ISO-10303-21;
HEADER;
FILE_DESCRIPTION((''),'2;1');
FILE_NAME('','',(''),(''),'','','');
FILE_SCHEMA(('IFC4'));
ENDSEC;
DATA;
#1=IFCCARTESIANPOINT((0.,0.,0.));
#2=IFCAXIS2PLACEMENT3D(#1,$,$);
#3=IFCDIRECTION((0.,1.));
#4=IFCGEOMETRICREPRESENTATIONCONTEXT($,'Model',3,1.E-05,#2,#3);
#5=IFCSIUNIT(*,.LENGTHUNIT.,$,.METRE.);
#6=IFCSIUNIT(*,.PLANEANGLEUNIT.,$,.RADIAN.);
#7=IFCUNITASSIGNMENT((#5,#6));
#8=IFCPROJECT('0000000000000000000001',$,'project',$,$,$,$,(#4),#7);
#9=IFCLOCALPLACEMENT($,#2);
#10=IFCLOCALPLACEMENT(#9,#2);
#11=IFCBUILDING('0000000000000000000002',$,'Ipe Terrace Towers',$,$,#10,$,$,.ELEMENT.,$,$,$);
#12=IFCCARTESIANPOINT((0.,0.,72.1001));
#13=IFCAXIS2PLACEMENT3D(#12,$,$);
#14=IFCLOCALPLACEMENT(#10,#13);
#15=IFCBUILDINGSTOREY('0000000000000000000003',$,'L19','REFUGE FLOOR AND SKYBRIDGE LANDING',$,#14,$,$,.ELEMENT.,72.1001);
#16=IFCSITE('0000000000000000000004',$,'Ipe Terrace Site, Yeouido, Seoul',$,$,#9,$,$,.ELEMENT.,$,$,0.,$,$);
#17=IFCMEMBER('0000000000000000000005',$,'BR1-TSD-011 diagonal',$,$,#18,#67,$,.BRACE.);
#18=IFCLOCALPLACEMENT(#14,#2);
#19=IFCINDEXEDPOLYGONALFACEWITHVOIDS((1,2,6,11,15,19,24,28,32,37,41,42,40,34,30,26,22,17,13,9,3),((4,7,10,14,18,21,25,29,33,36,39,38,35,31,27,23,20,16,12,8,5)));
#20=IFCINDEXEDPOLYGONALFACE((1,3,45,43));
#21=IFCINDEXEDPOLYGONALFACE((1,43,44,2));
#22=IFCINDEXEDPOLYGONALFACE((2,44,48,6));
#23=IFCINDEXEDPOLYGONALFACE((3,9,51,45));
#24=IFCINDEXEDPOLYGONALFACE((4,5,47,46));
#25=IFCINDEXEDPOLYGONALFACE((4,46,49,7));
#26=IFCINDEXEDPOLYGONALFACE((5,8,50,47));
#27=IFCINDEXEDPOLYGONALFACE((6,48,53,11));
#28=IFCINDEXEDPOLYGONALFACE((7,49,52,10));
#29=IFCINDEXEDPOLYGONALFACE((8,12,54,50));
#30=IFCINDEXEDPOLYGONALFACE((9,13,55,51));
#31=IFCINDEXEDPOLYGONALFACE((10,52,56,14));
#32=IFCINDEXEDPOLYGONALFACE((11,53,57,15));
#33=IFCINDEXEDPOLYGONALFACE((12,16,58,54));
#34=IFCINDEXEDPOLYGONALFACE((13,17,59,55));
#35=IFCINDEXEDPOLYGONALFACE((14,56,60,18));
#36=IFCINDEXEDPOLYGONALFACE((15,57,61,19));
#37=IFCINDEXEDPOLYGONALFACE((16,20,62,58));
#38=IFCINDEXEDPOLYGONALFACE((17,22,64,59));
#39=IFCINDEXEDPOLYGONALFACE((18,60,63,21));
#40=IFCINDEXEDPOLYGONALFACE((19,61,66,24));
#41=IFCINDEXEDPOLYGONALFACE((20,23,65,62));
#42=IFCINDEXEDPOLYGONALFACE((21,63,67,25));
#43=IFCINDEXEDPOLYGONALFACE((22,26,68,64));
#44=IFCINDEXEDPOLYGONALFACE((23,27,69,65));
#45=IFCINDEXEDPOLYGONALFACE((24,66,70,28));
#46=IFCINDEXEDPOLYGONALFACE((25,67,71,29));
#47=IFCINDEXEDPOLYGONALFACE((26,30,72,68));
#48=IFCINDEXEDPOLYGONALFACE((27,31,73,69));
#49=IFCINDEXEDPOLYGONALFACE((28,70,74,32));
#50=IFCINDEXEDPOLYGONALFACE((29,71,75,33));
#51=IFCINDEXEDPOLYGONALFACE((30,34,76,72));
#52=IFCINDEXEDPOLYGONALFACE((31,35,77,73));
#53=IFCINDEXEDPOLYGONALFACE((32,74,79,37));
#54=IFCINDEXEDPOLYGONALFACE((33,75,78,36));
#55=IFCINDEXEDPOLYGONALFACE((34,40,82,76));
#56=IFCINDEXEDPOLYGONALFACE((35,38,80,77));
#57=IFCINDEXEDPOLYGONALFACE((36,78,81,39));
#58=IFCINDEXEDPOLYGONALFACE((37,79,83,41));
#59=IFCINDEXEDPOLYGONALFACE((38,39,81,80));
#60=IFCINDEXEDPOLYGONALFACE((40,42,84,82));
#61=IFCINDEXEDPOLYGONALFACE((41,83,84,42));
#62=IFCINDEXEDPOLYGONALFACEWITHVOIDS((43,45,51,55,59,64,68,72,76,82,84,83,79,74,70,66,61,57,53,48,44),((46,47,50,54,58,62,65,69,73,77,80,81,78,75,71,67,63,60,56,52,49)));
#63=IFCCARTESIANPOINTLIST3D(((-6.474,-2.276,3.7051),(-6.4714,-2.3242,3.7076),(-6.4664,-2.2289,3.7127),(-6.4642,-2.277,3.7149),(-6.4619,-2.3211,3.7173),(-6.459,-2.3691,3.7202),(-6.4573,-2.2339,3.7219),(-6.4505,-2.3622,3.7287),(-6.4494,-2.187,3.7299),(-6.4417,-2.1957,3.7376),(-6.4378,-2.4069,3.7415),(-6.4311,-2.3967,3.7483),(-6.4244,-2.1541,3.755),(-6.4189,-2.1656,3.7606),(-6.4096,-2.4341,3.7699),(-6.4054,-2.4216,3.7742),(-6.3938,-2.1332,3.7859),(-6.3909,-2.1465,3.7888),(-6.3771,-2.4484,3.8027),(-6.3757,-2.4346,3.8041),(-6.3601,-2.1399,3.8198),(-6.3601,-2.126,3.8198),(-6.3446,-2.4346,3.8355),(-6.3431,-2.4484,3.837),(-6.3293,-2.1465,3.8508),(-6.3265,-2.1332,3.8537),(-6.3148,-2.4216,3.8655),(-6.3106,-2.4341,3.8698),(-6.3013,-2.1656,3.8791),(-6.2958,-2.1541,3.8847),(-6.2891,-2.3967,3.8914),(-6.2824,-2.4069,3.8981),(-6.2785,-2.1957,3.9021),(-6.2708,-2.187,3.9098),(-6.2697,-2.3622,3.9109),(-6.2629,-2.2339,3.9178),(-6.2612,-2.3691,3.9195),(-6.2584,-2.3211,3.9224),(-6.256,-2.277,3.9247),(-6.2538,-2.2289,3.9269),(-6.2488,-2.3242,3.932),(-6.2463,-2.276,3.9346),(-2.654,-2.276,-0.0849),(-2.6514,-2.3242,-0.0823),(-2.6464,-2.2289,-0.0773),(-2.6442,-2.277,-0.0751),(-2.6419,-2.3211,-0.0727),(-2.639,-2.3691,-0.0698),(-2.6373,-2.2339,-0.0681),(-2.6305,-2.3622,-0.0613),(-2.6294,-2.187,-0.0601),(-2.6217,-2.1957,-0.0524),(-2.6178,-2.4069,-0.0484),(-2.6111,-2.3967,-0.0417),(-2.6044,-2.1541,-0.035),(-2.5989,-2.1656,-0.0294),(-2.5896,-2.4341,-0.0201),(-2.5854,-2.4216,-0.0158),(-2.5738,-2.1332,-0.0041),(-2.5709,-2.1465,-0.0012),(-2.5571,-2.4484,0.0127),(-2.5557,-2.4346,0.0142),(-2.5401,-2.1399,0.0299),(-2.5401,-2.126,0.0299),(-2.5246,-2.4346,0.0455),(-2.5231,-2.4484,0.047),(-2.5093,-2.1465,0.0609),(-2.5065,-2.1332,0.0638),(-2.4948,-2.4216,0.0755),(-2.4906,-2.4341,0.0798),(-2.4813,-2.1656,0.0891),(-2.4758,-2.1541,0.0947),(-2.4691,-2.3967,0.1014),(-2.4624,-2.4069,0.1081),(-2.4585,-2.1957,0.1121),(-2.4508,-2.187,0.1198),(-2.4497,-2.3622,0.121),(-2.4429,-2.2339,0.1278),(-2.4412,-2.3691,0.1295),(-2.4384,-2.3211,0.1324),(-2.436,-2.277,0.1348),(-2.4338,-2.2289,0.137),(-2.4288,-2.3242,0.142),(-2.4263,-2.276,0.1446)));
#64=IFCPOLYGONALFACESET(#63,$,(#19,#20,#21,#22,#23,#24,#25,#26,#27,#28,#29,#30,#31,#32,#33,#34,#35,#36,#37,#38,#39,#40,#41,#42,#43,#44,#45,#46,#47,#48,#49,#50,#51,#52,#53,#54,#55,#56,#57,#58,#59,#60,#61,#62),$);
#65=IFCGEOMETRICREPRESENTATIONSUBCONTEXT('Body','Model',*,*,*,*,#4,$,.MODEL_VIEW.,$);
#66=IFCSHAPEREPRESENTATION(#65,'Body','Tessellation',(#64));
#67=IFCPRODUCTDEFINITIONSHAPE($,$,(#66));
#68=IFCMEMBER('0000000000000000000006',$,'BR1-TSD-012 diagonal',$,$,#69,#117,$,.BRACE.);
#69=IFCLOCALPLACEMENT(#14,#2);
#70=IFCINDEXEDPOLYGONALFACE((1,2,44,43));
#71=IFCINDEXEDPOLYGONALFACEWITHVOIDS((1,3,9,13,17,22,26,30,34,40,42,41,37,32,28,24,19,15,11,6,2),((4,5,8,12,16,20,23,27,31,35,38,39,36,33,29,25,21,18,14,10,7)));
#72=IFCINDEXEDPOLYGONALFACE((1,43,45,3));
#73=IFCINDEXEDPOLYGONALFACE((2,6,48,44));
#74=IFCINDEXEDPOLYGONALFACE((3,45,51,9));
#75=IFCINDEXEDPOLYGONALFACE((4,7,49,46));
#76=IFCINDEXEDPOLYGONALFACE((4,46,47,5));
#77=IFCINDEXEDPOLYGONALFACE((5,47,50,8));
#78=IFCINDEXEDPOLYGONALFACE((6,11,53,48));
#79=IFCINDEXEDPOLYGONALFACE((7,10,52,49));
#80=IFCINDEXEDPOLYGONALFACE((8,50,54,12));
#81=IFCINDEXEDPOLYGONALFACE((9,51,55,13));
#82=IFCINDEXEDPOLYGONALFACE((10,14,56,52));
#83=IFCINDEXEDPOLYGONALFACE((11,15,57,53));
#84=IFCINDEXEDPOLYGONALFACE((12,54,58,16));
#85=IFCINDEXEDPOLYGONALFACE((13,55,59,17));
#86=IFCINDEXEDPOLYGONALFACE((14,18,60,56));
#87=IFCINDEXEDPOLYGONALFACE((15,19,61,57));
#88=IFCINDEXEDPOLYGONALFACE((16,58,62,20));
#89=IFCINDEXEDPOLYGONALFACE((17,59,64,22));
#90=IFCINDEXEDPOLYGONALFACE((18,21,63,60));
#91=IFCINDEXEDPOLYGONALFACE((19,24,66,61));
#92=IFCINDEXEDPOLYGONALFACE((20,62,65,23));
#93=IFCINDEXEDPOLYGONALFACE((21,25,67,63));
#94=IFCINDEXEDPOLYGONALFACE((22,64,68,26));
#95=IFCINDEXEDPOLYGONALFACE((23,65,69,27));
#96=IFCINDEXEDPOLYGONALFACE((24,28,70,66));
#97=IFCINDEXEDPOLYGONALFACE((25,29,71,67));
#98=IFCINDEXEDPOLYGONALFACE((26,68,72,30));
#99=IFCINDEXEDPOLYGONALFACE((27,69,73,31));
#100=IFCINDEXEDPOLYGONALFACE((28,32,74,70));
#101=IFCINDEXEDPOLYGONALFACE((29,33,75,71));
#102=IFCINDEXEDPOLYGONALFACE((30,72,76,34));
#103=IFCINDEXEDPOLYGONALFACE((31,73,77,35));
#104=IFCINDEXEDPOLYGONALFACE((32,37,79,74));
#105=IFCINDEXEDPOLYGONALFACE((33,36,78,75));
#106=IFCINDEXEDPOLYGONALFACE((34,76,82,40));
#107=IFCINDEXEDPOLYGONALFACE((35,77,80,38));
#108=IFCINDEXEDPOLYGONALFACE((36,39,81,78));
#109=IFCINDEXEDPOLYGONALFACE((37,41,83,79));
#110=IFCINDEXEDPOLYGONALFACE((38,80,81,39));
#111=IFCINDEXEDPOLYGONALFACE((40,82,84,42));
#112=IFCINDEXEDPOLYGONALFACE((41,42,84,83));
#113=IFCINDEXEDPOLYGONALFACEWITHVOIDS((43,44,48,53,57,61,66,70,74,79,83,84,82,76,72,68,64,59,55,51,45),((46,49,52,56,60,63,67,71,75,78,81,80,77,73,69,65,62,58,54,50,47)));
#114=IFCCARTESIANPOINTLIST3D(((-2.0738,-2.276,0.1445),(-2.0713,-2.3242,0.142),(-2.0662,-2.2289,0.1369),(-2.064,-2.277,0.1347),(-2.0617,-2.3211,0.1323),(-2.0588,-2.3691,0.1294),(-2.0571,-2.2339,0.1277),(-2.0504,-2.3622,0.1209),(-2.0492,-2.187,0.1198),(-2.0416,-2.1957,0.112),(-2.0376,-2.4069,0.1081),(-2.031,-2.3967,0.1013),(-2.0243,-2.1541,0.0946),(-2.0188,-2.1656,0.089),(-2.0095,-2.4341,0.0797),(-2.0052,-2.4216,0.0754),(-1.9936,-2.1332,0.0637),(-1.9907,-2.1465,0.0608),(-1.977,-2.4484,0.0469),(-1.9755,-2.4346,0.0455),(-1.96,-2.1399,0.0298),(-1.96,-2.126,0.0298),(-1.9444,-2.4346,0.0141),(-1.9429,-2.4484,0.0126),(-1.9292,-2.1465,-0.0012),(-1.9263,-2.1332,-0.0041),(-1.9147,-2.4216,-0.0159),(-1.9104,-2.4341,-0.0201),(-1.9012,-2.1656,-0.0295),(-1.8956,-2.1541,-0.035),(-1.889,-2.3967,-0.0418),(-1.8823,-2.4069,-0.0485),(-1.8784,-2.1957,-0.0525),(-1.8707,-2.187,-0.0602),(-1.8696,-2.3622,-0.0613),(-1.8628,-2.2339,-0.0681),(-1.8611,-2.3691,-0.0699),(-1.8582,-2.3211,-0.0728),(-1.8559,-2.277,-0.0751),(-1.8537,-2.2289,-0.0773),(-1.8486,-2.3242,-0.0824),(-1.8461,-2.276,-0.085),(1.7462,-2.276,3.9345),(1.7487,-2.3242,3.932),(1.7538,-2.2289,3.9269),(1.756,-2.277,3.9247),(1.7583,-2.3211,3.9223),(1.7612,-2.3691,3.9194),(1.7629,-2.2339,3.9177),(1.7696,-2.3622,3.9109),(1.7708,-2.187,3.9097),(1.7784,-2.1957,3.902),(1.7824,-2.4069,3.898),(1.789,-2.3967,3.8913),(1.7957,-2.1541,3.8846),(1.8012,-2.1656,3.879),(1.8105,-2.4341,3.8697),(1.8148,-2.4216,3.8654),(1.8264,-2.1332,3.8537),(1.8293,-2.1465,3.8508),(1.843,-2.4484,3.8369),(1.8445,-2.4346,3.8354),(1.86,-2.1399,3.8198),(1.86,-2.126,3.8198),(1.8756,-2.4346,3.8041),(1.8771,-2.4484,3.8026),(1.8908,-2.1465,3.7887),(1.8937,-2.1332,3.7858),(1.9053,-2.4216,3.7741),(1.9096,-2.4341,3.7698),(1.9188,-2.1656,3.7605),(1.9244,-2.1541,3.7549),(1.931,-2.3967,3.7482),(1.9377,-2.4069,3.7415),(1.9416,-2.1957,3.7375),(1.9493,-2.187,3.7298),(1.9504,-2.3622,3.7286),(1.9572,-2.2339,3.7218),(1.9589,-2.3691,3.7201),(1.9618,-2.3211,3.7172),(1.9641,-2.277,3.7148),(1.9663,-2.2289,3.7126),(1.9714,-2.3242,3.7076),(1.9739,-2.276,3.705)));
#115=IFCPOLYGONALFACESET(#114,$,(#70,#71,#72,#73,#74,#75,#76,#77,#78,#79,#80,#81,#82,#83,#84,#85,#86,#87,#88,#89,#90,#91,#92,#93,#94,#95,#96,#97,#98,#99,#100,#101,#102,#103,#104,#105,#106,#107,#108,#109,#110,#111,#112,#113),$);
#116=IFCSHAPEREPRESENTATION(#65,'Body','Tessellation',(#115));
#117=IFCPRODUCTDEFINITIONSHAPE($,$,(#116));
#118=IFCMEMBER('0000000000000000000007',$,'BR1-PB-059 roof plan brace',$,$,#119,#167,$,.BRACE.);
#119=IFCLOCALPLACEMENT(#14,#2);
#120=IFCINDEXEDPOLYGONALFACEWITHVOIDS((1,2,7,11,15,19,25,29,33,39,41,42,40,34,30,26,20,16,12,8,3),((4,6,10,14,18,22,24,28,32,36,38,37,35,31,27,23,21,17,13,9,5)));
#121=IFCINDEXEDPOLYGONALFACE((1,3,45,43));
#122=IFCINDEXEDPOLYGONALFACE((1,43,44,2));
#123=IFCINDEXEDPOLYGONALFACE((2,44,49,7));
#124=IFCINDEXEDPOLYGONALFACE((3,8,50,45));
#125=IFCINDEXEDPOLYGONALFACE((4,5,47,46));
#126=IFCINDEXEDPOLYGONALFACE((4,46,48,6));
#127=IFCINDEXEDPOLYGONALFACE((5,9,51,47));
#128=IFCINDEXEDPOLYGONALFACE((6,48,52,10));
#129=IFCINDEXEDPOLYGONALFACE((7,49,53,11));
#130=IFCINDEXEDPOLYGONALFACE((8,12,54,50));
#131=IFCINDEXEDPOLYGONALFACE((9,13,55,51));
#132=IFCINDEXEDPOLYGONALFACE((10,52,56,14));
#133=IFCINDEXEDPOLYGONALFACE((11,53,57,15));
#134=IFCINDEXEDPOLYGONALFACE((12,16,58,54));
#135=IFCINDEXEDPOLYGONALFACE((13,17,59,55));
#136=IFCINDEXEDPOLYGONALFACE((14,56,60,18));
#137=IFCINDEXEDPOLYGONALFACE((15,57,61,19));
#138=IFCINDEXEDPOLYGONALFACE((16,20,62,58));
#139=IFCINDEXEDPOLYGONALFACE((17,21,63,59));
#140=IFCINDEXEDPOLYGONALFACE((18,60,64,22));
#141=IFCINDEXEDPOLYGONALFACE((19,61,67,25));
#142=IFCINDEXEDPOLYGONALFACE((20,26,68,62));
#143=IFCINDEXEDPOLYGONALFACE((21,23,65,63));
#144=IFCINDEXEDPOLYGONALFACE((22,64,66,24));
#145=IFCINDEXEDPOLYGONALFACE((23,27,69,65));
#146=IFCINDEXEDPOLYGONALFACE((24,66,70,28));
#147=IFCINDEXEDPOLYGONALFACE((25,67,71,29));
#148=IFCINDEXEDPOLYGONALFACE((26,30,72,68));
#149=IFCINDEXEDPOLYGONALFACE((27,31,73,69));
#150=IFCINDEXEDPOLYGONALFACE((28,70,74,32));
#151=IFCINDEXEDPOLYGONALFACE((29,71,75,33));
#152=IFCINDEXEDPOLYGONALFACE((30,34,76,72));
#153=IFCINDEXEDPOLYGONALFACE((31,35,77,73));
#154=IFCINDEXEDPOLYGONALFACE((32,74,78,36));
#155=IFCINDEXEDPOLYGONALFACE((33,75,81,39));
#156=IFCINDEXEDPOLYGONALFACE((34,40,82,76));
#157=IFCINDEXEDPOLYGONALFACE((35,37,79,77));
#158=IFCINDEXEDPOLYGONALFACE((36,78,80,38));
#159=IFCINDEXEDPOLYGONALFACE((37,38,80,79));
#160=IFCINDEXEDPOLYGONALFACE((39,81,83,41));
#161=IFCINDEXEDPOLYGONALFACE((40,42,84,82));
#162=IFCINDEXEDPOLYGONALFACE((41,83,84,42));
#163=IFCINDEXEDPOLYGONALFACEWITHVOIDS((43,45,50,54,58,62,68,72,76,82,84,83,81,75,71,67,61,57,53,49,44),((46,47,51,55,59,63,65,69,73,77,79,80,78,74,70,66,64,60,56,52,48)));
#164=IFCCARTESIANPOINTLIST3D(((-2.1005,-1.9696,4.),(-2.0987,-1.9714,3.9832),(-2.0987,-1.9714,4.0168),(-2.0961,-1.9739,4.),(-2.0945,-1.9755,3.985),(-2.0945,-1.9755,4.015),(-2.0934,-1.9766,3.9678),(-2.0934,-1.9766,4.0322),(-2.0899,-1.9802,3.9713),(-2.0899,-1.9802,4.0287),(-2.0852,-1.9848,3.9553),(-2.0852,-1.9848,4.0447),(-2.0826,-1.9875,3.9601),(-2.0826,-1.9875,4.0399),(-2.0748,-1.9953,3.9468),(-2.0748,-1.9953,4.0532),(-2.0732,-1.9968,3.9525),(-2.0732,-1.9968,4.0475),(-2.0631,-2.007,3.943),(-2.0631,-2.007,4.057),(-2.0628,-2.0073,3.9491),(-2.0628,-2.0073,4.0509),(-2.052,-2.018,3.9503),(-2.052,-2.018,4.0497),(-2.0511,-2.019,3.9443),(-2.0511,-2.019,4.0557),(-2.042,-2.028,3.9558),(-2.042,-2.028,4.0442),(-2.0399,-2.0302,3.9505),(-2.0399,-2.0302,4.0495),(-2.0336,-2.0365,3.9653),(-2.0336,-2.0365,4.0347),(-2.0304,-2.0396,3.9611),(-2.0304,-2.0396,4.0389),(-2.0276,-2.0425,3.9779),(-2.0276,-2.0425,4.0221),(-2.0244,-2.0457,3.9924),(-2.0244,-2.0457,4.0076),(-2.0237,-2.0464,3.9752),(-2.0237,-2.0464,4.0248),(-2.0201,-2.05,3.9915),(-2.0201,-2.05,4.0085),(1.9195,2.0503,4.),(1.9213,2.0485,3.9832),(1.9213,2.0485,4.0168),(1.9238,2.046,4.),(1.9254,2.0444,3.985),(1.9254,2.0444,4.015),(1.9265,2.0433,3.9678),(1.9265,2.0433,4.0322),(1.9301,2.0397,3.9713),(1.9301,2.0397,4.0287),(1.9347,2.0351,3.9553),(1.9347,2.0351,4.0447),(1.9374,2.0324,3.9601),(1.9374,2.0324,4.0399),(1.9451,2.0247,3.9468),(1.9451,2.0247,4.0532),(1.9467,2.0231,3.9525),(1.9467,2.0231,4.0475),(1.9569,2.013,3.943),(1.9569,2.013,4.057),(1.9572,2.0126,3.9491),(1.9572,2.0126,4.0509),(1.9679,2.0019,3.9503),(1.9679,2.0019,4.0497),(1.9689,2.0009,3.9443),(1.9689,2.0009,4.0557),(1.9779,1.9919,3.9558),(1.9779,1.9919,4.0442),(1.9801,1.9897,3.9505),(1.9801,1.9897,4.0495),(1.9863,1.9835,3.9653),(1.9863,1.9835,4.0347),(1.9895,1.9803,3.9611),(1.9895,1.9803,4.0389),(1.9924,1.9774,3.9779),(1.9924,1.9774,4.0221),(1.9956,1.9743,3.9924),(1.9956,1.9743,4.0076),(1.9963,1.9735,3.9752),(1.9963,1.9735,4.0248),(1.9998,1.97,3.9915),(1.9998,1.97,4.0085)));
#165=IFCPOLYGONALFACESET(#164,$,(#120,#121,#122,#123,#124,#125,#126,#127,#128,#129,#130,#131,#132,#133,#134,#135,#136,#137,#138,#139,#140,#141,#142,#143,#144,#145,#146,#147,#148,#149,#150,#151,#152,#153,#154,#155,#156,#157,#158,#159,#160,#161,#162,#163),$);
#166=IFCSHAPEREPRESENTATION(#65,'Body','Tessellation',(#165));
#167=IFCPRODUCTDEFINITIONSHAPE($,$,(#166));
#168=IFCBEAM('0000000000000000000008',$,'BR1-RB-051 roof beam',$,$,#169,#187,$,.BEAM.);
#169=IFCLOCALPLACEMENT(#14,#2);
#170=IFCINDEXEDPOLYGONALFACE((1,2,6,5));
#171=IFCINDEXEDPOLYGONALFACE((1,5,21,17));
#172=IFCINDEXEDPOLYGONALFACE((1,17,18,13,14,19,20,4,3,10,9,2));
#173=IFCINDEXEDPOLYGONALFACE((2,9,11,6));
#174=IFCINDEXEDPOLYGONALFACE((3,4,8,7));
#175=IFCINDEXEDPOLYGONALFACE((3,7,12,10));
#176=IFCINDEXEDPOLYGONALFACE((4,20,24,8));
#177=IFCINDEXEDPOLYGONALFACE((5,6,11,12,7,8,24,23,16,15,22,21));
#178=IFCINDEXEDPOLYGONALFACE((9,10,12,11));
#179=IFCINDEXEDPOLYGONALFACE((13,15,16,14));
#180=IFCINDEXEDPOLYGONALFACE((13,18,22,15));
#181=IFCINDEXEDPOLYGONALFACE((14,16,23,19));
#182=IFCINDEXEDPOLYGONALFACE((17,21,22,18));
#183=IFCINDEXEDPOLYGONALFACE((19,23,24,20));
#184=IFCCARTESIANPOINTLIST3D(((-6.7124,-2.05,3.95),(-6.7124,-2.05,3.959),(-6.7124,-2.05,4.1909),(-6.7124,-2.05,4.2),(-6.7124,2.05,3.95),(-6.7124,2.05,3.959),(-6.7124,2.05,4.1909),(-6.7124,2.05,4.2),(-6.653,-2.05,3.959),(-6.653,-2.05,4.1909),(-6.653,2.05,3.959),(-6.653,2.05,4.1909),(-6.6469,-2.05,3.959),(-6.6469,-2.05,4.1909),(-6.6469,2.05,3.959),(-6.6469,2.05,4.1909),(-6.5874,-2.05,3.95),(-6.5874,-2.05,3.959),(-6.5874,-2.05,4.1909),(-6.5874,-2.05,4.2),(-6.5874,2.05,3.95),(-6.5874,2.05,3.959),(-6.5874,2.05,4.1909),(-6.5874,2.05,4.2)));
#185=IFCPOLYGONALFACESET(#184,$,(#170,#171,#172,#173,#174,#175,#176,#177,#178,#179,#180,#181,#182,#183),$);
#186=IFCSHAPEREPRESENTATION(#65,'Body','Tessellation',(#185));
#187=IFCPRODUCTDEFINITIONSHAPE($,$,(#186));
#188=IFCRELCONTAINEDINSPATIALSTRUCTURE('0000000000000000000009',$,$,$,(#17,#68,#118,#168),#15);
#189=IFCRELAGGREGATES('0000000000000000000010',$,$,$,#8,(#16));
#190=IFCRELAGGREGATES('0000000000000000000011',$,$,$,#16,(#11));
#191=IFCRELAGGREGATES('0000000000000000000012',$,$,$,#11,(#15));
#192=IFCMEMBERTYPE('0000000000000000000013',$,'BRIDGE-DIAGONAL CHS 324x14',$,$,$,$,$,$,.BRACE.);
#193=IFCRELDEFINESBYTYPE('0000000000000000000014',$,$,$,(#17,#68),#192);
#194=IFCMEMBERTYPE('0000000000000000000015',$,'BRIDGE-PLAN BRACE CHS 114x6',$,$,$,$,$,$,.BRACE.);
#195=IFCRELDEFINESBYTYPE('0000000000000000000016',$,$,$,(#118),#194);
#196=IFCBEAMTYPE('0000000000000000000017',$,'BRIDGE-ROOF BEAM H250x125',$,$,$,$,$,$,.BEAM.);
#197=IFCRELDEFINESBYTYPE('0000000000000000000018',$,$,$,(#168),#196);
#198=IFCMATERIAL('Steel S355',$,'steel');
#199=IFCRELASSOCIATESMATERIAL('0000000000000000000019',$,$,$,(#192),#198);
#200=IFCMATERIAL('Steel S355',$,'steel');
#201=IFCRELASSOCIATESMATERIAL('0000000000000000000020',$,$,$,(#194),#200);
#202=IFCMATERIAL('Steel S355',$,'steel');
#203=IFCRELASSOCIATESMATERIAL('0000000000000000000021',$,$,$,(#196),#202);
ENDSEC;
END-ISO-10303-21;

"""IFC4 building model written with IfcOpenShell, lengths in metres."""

from ifc_helpers import new_model, si_unit, direction, frame, origin, origin_2d, place, context, subcontext, project, spatial, hollow_circle, i_section, extrude, material, material_profile, profile_set, type_object, element, save


model = new_model("IFC4")

# Units and contexts
model_context = context("Model", 3, precision=1e-05, world=origin(), true_north=direction((0.0, 1.0)))
body_context = subcontext(model_context, "Body", "Model", "MODEL_VIEW")
ifc_project = project(units=[si_unit("LENGTHUNIT", "METRE"), si_unit("PLANEANGLEUNIT", "RADIAN")], contexts=[model_context])

# Site, building, storey
site_placement = place(None, origin())
site = spatial("IfcSite", under=ifc_project, at=site_placement, Name="Ipe Terrace Site, Yeouido, Seoul", CompositionType="ELEMENT", RefElevation=0.0)
building_placement = place(site_placement, origin())
building = spatial("IfcBuilding", under=site, at=building_placement, Name="Ipe Terrace Towers", CompositionType="ELEMENT")
storey_placement = place(building_placement, frame((0.0, 0.0, 72.1001)))
storey = spatial("IfcBuildingStorey", under=building, at=storey_placement, Name="L19", Description="REFUGE FLOOR AND SKYBRIDGE LANDING", CompositionType="ELEMENT", Elevation=72.1001)

# Members
ifc_material_1 = material(Name="Steel S355", Category="steel")
ifc_material_profile_1 = material_profile(ifc_material_1, hollow_circle(Radius=0.1621, WallThickness=0.0139, at=origin_2d()), Name="BRIDGE-DIAGONAL CHS 324x14")
ifc_profile_set_1 = profile_set([ifc_material_profile_1], Name="Steel S355")
member_type_1 = type_object("IfcMemberType", Name="BRIDGE-DIAGONAL CHS 324x14", PredefinedType="BRACE", material=ifc_profile_set_1)
for number, where, z_axis, x_axis, name in (
    (1, (-6.3601, -2.2881, 3.8198), (0.709891, 0.0, -0.704311), (0.0, 1.0, 0.0), "BR1-TSD-011 diagonal"),
    (2, (-1.96, -2.2881, 0.0298), (0.709891, 0.0, 0.704311), (0.0, 1.0, 0.0), "BR1-TSD-012 diagonal"),
):
    element("IfcMember", number, at=place(storey_placement, frame(where, z_axis=z_axis, x_axis=x_axis)), inside=storey, type_object=member_type_1, Name=name, PredefinedType="BRACE", context=body_context, shape_type="SweptSolid", body=[
        extrude(hollow_circle(Radius=0.1621, WallThickness=0.0139, at=origin_2d()), origin(), (0.0, 0.0, 1.0), 5.3811),
    ])
ifc_material_2 = material(Name="Steel S355", Category="steel")
ifc_material_profile_2 = material_profile(ifc_material_2, hollow_circle(Radius=0.0571, WallThickness=0.0061, at=origin_2d()), Name="BRIDGE-PLAN BRACE CHS 114x6")
ifc_profile_set_2 = profile_set([ifc_material_profile_2], Name="Steel S355")
member_type_2 = type_object("IfcMemberType", Name="BRIDGE-PLAN BRACE CHS 114x6", PredefinedType="BRACE", material=ifc_profile_set_2)
member_1_placement = place(storey_placement, frame((-2.0601, -2.01, 4.0), z_axis=(0.707107, 0.707107, 0.0), x_axis=(-0.707107, 0.707107, 0.0)))
element("IfcMember", 3, at=member_1_placement, inside=storey, type_object=member_type_2, Name="BR1-PB-059 roof plan brace", PredefinedType="BRACE", context=body_context, shape_type="SweptSolid", body=[
    extrude(hollow_circle(Radius=0.0571, WallThickness=0.0061, at=origin_2d()), origin(), (0.0, 0.0, 1.0), 5.6851),
])

# Beam
ifc_material_3 = material(Name="Steel S355", Category="steel")
ifc_material_profile_3 = material_profile(ifc_material_3, i_section(OverallWidth=0.125, OverallDepth=0.25, WebThickness=0.0061, FlangeThickness=0.009, at=origin_2d()), Name="H250x125")
ifc_profile_set_3 = profile_set([ifc_material_profile_3], Name="Steel S355")
beam_type_1 = type_object("IfcBeamType", Name="BRIDGE-ROOF BEAM H250x125", PredefinedType="BEAM", material=ifc_profile_set_3)
for number, where, z_axis, x_axis, name in (
    (4, (-6.6499, -2.05, 4.075), (0.0, 1.0, 0.0), (-1.0, 0.0, 0.0), "BR1-RB-051 roof beam"),
):
    element("IfcBeam", number, at=place(storey_placement, frame(where, z_axis=z_axis, x_axis=x_axis)), inside=storey, type_object=beam_type_1, Name=name, PredefinedType="BEAM", context=body_context, shape_type="SweptSolid", body=[
        extrude(i_section(OverallWidth=0.125, OverallDepth=0.25, WebThickness=0.0061, FlangeThickness=0.009, at=origin_2d()), origin(), (0.0, 0.0, 1.0), 4.1001),
    ])

save(model, "model.ifc")
